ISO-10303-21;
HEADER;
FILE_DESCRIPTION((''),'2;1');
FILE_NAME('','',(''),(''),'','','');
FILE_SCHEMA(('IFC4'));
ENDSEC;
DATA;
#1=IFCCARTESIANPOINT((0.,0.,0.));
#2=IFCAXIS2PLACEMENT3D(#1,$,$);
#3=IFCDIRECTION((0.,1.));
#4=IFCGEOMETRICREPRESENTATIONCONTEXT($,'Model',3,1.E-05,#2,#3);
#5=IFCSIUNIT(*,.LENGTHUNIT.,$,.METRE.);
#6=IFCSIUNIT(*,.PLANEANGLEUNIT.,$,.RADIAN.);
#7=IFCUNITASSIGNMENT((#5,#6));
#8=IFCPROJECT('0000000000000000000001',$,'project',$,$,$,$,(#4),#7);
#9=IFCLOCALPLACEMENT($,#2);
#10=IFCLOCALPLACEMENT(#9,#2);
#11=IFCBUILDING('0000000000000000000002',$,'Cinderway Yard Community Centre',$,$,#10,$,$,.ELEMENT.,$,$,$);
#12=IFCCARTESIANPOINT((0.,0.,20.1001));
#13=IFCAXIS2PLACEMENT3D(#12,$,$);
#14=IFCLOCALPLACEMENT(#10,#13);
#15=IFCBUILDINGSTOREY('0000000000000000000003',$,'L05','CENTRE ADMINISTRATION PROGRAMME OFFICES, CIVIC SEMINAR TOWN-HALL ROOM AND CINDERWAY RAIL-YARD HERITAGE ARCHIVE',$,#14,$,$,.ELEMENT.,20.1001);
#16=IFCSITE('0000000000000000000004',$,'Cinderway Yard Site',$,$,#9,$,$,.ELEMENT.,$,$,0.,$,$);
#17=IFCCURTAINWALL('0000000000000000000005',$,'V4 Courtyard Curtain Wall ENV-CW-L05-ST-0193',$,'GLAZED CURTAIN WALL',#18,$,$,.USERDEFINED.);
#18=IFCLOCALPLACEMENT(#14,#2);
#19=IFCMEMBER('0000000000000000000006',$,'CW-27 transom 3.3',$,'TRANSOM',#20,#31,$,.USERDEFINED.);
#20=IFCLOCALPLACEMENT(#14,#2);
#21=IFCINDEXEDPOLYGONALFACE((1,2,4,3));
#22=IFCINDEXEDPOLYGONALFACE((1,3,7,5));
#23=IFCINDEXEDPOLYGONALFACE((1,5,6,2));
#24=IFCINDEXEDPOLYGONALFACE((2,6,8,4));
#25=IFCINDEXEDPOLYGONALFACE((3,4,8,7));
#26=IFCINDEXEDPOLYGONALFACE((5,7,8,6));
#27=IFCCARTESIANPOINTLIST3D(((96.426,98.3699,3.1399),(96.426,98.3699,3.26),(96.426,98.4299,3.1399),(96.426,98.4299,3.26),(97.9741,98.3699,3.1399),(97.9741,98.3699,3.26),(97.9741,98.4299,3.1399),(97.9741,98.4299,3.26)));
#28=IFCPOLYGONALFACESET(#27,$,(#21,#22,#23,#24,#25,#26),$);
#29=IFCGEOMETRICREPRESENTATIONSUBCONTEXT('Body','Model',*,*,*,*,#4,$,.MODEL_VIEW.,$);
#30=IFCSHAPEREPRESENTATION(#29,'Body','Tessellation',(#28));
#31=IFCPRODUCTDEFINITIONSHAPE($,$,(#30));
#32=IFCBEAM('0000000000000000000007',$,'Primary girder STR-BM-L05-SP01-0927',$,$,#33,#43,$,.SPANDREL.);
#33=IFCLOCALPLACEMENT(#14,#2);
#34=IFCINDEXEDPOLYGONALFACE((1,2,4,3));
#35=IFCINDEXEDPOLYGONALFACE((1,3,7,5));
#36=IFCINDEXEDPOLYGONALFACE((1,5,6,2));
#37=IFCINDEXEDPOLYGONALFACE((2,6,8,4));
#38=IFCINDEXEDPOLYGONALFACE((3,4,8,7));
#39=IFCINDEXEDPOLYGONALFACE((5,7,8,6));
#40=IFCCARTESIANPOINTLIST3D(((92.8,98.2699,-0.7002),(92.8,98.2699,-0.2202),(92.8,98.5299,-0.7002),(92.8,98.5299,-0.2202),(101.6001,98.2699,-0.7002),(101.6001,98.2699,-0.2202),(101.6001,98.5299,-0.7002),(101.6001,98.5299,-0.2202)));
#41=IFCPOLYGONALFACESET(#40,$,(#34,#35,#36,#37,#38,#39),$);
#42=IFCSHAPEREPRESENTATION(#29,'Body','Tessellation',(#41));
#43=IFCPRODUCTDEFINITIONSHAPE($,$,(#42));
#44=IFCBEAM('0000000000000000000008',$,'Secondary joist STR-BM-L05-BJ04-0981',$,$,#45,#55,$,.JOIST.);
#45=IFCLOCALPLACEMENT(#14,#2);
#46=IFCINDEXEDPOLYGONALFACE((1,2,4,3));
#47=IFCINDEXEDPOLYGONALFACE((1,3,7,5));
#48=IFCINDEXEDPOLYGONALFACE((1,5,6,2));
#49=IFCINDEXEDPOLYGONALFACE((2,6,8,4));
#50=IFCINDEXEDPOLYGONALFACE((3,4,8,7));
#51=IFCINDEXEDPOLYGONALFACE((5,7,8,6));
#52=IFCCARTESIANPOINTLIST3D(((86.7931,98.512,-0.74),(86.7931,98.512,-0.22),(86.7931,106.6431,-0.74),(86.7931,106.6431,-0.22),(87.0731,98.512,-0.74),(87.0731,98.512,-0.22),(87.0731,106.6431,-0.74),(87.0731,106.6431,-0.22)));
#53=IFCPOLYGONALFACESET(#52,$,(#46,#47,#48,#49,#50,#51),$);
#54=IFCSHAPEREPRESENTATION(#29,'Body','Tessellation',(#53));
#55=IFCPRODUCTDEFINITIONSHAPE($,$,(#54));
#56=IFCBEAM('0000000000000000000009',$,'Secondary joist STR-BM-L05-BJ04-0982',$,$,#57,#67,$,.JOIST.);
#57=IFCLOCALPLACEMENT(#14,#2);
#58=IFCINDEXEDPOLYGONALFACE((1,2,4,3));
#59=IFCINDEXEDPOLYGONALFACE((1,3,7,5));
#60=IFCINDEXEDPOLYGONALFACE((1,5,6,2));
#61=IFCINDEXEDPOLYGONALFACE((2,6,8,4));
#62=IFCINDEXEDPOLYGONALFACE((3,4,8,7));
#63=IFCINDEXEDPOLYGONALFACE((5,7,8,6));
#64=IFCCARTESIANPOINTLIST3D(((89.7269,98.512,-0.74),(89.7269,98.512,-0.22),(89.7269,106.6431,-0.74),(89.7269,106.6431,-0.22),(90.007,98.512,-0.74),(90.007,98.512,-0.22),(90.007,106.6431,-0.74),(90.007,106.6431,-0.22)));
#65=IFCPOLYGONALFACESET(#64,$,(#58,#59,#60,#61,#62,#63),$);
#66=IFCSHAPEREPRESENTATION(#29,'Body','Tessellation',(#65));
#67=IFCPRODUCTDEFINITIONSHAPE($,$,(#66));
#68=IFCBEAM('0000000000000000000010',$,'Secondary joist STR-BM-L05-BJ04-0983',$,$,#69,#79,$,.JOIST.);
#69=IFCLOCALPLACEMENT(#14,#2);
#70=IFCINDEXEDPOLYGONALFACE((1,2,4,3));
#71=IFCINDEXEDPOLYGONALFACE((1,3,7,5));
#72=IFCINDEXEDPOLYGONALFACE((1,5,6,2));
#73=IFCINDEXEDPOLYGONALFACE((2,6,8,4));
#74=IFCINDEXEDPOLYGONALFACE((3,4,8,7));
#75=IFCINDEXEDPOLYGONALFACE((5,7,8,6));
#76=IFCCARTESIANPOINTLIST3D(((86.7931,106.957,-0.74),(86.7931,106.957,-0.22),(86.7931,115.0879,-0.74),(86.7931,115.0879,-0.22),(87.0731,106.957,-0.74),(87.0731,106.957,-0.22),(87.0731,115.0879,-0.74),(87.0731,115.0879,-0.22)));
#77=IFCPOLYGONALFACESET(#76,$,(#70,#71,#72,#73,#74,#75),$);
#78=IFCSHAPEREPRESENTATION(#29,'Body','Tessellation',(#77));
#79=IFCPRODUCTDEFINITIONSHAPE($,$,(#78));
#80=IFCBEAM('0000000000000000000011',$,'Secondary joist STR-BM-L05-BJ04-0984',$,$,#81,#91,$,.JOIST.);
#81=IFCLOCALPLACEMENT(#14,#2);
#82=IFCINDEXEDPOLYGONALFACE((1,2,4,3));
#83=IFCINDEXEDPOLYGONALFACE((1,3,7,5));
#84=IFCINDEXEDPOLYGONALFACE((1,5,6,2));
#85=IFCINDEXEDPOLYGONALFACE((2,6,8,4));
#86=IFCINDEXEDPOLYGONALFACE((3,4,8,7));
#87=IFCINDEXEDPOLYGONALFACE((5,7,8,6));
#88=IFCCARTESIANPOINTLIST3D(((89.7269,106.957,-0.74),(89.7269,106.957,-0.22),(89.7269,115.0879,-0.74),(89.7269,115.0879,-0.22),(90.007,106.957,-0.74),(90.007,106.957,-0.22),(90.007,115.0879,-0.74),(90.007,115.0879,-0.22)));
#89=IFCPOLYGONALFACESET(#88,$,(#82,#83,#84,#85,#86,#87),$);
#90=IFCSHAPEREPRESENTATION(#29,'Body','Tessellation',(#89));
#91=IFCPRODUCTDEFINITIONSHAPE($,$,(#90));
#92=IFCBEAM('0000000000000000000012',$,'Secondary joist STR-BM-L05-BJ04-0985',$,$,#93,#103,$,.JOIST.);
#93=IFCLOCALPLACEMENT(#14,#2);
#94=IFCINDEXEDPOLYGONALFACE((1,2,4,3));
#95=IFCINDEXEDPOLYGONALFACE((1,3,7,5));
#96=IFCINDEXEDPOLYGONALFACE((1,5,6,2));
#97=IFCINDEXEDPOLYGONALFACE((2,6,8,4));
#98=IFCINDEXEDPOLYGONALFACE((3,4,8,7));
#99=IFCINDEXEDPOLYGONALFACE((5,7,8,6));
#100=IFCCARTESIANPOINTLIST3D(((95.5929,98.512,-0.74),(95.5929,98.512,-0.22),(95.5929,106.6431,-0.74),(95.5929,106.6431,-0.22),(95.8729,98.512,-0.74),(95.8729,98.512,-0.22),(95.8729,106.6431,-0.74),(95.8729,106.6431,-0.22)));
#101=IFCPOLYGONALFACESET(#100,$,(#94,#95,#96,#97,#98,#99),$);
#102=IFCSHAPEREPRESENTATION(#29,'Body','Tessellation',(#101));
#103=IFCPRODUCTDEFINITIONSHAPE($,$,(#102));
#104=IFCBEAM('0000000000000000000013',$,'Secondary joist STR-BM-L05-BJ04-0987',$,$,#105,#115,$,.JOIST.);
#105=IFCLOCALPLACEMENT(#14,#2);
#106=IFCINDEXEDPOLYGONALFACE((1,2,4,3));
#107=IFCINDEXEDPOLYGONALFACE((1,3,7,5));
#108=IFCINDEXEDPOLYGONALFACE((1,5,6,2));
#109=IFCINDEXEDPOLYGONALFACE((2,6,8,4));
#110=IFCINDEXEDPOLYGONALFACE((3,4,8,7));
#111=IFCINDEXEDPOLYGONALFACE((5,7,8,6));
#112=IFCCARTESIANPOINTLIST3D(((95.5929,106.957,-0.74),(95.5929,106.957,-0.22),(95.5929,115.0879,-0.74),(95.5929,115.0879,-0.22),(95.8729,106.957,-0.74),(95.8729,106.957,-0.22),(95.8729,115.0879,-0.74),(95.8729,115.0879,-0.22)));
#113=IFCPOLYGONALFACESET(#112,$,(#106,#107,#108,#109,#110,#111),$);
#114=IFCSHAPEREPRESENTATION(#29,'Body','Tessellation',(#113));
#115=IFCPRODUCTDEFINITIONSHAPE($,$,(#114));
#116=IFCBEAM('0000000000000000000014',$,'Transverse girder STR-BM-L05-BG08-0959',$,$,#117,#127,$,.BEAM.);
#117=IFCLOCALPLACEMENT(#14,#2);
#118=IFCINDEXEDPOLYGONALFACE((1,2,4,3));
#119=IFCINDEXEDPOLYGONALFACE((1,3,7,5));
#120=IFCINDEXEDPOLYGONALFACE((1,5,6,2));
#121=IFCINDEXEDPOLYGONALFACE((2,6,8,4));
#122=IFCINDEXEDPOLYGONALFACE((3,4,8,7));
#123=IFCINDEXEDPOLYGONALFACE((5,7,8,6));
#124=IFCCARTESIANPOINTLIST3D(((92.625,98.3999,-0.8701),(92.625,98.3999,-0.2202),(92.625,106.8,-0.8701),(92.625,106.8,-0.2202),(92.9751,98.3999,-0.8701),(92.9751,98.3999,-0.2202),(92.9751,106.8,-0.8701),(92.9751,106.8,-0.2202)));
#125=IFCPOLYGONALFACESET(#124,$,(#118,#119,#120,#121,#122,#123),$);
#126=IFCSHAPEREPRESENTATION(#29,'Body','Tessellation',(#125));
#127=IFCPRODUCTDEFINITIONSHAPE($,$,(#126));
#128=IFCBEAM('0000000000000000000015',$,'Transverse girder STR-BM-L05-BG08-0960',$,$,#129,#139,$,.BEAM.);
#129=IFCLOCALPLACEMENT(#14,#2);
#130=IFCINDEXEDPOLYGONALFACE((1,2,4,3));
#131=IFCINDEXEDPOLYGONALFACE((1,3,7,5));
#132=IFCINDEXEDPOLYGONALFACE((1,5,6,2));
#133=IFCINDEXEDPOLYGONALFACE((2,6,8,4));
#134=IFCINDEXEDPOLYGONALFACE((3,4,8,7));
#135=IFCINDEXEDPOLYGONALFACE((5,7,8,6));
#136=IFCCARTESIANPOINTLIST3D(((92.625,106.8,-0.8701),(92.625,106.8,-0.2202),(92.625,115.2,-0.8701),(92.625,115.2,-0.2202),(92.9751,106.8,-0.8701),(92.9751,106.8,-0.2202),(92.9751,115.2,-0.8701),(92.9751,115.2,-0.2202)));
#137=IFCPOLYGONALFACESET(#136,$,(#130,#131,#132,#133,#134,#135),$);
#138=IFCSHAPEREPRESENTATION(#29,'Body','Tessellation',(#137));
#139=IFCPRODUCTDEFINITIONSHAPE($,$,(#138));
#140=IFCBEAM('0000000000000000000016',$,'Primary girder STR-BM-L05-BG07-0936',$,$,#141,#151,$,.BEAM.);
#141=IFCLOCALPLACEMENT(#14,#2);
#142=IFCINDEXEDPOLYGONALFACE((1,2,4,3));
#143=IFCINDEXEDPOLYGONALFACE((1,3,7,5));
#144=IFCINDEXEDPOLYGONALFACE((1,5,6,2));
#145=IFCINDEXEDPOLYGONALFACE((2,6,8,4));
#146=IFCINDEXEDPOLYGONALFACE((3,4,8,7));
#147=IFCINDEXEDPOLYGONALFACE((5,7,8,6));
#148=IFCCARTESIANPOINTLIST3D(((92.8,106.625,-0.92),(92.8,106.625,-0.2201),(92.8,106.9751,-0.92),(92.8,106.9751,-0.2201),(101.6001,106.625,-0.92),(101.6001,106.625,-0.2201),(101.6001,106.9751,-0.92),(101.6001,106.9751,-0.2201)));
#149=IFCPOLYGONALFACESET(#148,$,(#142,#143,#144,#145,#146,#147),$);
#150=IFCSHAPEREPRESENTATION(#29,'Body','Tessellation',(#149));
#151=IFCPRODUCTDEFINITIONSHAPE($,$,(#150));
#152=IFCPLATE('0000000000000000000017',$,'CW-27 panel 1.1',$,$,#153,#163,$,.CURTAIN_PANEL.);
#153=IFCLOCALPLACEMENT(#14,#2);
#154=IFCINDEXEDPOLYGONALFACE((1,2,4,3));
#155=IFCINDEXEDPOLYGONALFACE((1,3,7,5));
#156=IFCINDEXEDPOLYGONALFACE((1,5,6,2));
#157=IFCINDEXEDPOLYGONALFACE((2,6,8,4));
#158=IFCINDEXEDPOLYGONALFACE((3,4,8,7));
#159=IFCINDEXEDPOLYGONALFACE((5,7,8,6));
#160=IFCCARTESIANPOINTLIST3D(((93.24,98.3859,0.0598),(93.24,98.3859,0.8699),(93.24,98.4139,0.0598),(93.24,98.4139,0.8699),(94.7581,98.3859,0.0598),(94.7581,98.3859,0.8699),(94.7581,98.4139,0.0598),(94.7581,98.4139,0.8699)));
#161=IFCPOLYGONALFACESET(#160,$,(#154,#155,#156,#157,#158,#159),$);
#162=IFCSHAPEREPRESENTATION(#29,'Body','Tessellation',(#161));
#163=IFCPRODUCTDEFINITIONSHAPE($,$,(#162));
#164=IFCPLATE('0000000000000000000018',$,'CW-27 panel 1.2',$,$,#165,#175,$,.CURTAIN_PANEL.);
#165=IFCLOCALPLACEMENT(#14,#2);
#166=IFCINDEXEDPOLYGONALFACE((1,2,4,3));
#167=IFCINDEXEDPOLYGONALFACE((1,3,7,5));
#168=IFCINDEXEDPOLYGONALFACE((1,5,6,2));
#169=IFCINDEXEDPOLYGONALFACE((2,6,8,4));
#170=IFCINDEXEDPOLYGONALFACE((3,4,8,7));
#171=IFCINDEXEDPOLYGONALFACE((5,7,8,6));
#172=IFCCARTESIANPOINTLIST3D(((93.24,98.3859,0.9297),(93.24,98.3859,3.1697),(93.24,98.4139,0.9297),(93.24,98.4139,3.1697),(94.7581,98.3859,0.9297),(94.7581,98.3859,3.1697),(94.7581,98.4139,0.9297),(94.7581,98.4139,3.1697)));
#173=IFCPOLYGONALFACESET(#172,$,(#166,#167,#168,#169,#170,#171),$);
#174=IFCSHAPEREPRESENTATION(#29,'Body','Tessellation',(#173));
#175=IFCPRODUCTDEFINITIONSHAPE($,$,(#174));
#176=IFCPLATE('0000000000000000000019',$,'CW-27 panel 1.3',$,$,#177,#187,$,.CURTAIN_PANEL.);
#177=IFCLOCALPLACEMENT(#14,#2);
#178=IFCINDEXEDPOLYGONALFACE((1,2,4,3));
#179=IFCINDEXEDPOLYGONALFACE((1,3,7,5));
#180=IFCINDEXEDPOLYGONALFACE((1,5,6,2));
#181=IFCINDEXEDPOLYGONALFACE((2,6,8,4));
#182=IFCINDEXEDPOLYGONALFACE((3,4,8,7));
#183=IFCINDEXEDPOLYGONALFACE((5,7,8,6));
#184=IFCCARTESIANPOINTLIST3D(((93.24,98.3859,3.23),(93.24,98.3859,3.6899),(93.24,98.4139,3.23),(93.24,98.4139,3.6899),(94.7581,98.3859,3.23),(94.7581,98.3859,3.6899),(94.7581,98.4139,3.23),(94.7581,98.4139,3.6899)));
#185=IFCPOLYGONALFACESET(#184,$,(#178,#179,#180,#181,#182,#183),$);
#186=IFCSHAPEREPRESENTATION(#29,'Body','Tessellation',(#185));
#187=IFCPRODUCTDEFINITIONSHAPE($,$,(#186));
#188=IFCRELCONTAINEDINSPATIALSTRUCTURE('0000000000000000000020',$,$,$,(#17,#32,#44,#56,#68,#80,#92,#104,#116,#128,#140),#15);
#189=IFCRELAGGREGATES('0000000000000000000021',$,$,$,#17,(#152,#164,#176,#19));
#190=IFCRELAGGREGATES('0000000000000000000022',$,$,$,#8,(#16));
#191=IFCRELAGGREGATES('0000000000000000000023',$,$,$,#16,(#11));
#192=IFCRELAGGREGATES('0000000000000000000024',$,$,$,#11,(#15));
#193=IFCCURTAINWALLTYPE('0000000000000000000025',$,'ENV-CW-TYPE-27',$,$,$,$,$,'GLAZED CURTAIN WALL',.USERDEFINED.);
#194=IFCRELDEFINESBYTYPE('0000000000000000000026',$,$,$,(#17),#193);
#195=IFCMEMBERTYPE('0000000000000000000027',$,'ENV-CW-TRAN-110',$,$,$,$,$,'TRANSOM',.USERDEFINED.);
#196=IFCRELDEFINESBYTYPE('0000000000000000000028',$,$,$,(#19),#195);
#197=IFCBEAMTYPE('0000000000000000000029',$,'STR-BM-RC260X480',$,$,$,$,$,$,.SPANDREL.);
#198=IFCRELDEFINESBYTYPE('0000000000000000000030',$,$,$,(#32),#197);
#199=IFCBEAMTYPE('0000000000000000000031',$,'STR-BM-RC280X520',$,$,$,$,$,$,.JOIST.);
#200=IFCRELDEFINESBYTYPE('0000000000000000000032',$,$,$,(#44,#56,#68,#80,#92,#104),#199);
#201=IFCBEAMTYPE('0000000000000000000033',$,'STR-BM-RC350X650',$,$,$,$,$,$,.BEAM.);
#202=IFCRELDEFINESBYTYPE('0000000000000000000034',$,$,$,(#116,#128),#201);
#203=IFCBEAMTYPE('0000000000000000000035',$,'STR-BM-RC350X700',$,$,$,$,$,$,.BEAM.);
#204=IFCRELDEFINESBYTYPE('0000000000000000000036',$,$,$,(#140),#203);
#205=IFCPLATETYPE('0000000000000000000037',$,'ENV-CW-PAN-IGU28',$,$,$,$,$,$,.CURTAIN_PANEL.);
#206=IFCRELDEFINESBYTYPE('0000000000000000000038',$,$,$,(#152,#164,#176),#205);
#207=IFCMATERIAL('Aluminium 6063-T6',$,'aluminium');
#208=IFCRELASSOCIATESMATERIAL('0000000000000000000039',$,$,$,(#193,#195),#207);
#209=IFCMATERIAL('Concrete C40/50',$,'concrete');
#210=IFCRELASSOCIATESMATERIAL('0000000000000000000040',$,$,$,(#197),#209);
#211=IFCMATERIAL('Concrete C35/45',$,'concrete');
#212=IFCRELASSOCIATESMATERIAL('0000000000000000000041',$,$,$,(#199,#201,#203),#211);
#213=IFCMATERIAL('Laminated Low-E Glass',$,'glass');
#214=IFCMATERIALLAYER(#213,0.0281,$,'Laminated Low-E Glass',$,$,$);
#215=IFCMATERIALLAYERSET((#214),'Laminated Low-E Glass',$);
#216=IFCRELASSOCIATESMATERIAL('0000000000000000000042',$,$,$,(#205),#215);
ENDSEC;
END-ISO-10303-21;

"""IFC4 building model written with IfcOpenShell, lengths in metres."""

from ifc_helpers import new_model, si_unit, direction, frame, origin, origin_2d, place, context, subcontext, project, spatial, rectangle, extrude, material, layer, layer_set, material_profile, profile_set, type_object, element, aggregate, save


model = new_model("IFC4")

# Units and contexts
model_context = context("Model", 3, precision=1e-05, world=origin(), true_north=direction((0.0, 1.0)))
body_context = subcontext(model_context, "Body", "Model", "MODEL_VIEW")
ifc_project = project(units=[si_unit("LENGTHUNIT", "METRE"), si_unit("PLANEANGLEUNIT", "RADIAN")], contexts=[model_context])

# Site, building, storey
site_placement = place(None, origin())
site = spatial("IfcSite", under=ifc_project, at=site_placement, Name="Cinderway Yard Site", CompositionType="ELEMENT", RefElevation=0.0)
building_placement = place(site_placement, origin())
building = spatial("IfcBuilding", under=site, at=building_placement, Name="Cinderway Yard Community Centre", CompositionType="ELEMENT")
storey_placement = place(building_placement, frame((0.0, 0.0, 20.1001)))
storey = spatial("IfcBuildingStorey", under=building, at=storey_placement, Name="L05", Description="CENTRE ADMINISTRATION PROGRAMME OFFICES, CIVIC SEMINAR TOWN-HALL ROOM AND CINDERWAY RAIL-YARD HERITAGE ARCHIVE", CompositionType="ELEMENT", Elevation=20.1001)

# Shared definitions
ifc_material_1 = material(Name="Concrete C40/50", Category="concrete")

# Curtain wall, member
ifc_material_2 = material(Name="Aluminium 6063-T6", Category="aluminium")
curtain_wall_type = type_object("IfcCurtainWallType", Name="ENV-CW-TYPE-27", ElementType="GLAZED CURTAIN WALL", PredefinedType="USERDEFINED", material=ifc_material_2)
curtain_wall_placement = place(storey_placement, origin())
curtain_wall = element("IfcCurtainWall", 1, at=curtain_wall_placement, inside=storey, type_object=curtain_wall_type, Name="V4 Courtyard Curtain Wall ENV-CW-L05-ST-0193", ObjectType="GLAZED CURTAIN WALL", PredefinedType="USERDEFINED")
ifc_material_profile_1 = material_profile(ifc_material_2, rectangle(XDim=0.0601, YDim=0.1201, at=origin_2d()), Name="Aluminium 6063-T6")
ifc_profile_set_1 = profile_set([ifc_material_profile_1], Name="Aluminium 6063-T6")
member_type_1 = type_object("IfcMemberType", Name="ENV-CW-TRAN-110", ElementType="TRANSOM", PredefinedType="USERDEFINED", material=ifc_profile_set_1)
member_1_placement = place(storey_placement, frame((96.426, 98.3999, 3.2), z_axis=(1.0, 0.0, 0.0), x_axis=(0.0, 1.0, 0.0)))
member_1 = element("IfcMember", 2, at=member_1_placement, type_object=member_type_1, Name="CW-27 transom 3.3", ObjectType="TRANSOM", PredefinedType="USERDEFINED", context=body_context, shape_type="SweptSolid", body=[
    extrude(rectangle(XDim=0.0601, YDim=0.1201, at=origin_2d()), origin(), (0.0, 0.0, 1.0), 1.5481),
])

# Beams
ifc_material_profile_2 = material_profile(ifc_material_1, rectangle(XDim=0.26, YDim=0.48, at=origin_2d()), Name="Concrete C40/50")
ifc_profile_set_2 = profile_set([ifc_material_profile_2], Name="Concrete C40/50")
beam_type_1 = type_object("IfcBeamType", Name="STR-BM-RC260X480", PredefinedType="SPANDREL", material=ifc_profile_set_2)
beam_1_placement = place(storey_placement, frame((92.8, 98.3999, -0.4602), z_axis=(1.0, 0.0, 0.0), x_axis=(0.0, 1.0, 0.0)))
element("IfcBeam", 3, at=beam_1_placement, inside=storey, type_object=beam_type_1, Name="Primary girder STR-BM-L05-SP01-0927", PredefinedType="SPANDREL", context=body_context, shape_type="SweptSolid", body=[
    extrude(rectangle(XDim=0.26, YDim=0.48, at=origin_2d()), origin(), (0.0, 0.0, 1.0), 8.8),
])
ifc_material_3 = material(Name="Concrete C35/45", Category="concrete")
ifc_material_profile_3 = material_profile(ifc_material_3, rectangle(XDim=0.28, YDim=0.52, at=origin_2d()), Name="Concrete C35/45")
ifc_profile_set_3 = profile_set([ifc_material_profile_3], Name="Concrete C35/45")
beam_type_2 = type_object("IfcBeamType", Name="STR-BM-RC280X520", PredefinedType="JOIST", material=ifc_profile_set_3)
for number, where, z_axis, x_axis, name in (
    (4, (86.9331, 98.512, -0.48), (0.0, 1.0, 0.0), (-1.0, 0.0, 0.0), "Secondary joist STR-BM-L05-BJ04-0981"),
    (5, (89.8669, 98.512, -0.48), (0.0, 1.0, 0.0), (-1.0, 0.0, 0.0), "Secondary joist STR-BM-L05-BJ04-0982"),
):
    element("IfcBeam", number, at=place(storey_placement, frame(where, z_axis=z_axis, x_axis=x_axis)), inside=storey, type_object=beam_type_2, Name=name, PredefinedType="JOIST", context=body_context, shape_type="SweptSolid", body=[
        extrude(rectangle(XDim=0.28, YDim=0.52, at=origin_2d()), origin(), (0.0, 0.0, 1.0), 8.1311),
    ])
for number, where, z_axis, x_axis, name in (
    (6, (86.9331, 106.957, -0.48), (0.0, 1.0, 0.0), (-1.0, 0.0, 0.0), "Secondary joist STR-BM-L05-BJ04-0983"),
    (7, (89.8669, 106.957, -0.48), (0.0, 1.0, 0.0), (-1.0, 0.0, 0.0), "Secondary joist STR-BM-L05-BJ04-0984"),
):
    element("IfcBeam", number, at=place(storey_placement, frame(where, z_axis=z_axis, x_axis=x_axis)), inside=storey, type_object=beam_type_2, Name=name, PredefinedType="JOIST", context=body_context, shape_type="SweptSolid", body=[
        extrude(rectangle(XDim=0.28, YDim=0.52, at=origin_2d()), origin(), (0.0, 0.0, 1.0), 8.1309),
    ])
beam_2_placement = place(storey_placement, frame((95.7329, 98.512, -0.48), z_axis=(0.0, 1.0, 0.0), x_axis=(-1.0, 0.0, 0.0)))
element("IfcBeam", 8, at=beam_2_placement, inside=storey, type_object=beam_type_2, Name="Secondary joist STR-BM-L05-BJ04-0985", PredefinedType="JOIST", context=body_context, shape_type="SweptSolid", body=[
    extrude(rectangle(XDim=0.28, YDim=0.52, at=origin_2d()), origin(), (0.0, 0.0, 1.0), 8.1311),
])
beam_3_placement = place(storey_placement, frame((95.7329, 106.957, -0.48), z_axis=(0.0, 1.0, 0.0), x_axis=(-1.0, 0.0, 0.0)))
element("IfcBeam", 9, at=beam_3_placement, inside=storey, type_object=beam_type_2, Name="Secondary joist STR-BM-L05-BJ04-0987", PredefinedType="JOIST", context=body_context, shape_type="SweptSolid", body=[
    extrude(rectangle(XDim=0.28, YDim=0.52, at=origin_2d()), origin(), (0.0, 0.0, 1.0), 8.1309),
])
ifc_material_profile_4 = material_profile(ifc_material_3, rectangle(XDim=0.3501, YDim=0.6499, at=origin_2d()), Name="Concrete C35/45")
ifc_profile_set_4 = profile_set([ifc_material_profile_4], Name="Concrete C35/45")
beam_type_3 = type_object("IfcBeamType", Name="STR-BM-RC350X650", PredefinedType="BEAM", material=ifc_profile_set_4)
beam_4_placement = place(storey_placement, frame((92.8, 98.3999, -0.5452), z_axis=(0.0, 1.0, 0.0), x_axis=(-1.0, 0.0, 0.0)))
element("IfcBeam", 10, at=beam_4_placement, inside=storey, type_object=beam_type_3, Name="Transverse girder STR-BM-L05-BG08-0959", PredefinedType="BEAM", context=body_context, shape_type="SweptSolid", body=[
    extrude(rectangle(XDim=0.3501, YDim=0.6499, at=origin_2d()), origin(), (0.0, 0.0, 1.0), 8.4001),
])
beam_5_placement = place(storey_placement, frame((92.8, 106.8, -0.5452), z_axis=(0.0, 1.0, 0.0), x_axis=(-1.0, 0.0, 0.0)))
element("IfcBeam", 11, at=beam_5_placement, inside=storey, type_object=beam_type_3, Name="Transverse girder STR-BM-L05-BG08-0960", PredefinedType="BEAM", context=body_context, shape_type="SweptSolid", body=[
    extrude(rectangle(XDim=0.3501, YDim=0.6499, at=origin_2d()), origin(), (0.0, 0.0, 1.0), 8.3999),
])
ifc_material_profile_5 = material_profile(ifc_material_3, rectangle(XDim=0.3501, YDim=0.7, at=origin_2d()), Name="Concrete C35/45")
ifc_profile_set_5 = profile_set([ifc_material_profile_5], Name="Concrete C35/45")
beam_type_4 = type_object("IfcBeamType", Name="STR-BM-RC350X700", PredefinedType="BEAM", material=ifc_profile_set_5)
beam_6_placement = place(storey_placement, frame((92.8, 106.8, -0.5701), z_axis=(1.0, 0.0, 0.0), x_axis=(0.0, 1.0, 0.0)))
element("IfcBeam", 12, at=beam_6_placement, inside=storey, type_object=beam_type_4, Name="Primary girder STR-BM-L05-BG07-0936", PredefinedType="BEAM", context=body_context, shape_type="SweptSolid", body=[
    extrude(rectangle(XDim=0.3501, YDim=0.7, at=origin_2d()), origin(), (0.0, 0.0, 1.0), 8.8),
])

# Plates
ifc_material_4 = material(Name="Laminated Low-E Glass", Category="glass")
ifc_layer = layer(ifc_material_4, 0.0281, Name="Laminated Low-E Glass")
ifc_layer_set = layer_set([ifc_layer], Name="Laminated Low-E Glass")
plate_type = type_object("IfcPlateType", Name="ENV-CW-PAN-IGU28", PredefinedType="CURTAIN_PANEL", material=ifc_layer_set)
plate_1_placement = place(storey_placement, frame((93.999, 98.3999, 0.0598), z_axis=(0.0, 0.0, 1.0), x_axis=(1.0, 0.0, 0.0)))
plate_1 = element("IfcPlate", 13, at=plate_1_placement, type_object=plate_type, Name="CW-27 panel 1.1", PredefinedType="CURTAIN_PANEL", context=body_context, shape_type="SweptSolid", body=[
    extrude(rectangle(XDim=1.5181, YDim=0.0281, at=origin_2d()), origin(), (0.0, 0.0, 1.0), 0.8101),
])
plate_2_placement = place(storey_placement, frame((93.999, 98.3999, 0.9297), z_axis=(0.0, 0.0, 1.0), x_axis=(1.0, 0.0, 0.0)))
plate_2 = element("IfcPlate", 14, at=plate_2_placement, type_object=plate_type, Name="CW-27 panel 1.2", PredefinedType="CURTAIN_PANEL", context=body_context, shape_type="SweptSolid", body=[
    extrude(rectangle(XDim=1.5181, YDim=0.0281, at=origin_2d()), origin(), (0.0, 0.0, 1.0), 2.24),
])
plate_3_placement = place(storey_placement, frame((93.999, 98.3999, 3.23), z_axis=(0.0, 0.0, 1.0), x_axis=(1.0, 0.0, 0.0)))
plate_3 = element("IfcPlate", 15, at=plate_3_placement, type_object=plate_type, Name="CW-27 panel 1.3", PredefinedType="CURTAIN_PANEL", context=body_context, shape_type="SweptSolid", body=[
    extrude(rectangle(XDim=1.5181, YDim=0.0281, at=origin_2d()), origin(), (0.0, 0.0, 1.0), 0.46),
])
aggregate(curtain_wall, [plate_1, plate_2, plate_3, member_1])

save(model, "model.ifc")
